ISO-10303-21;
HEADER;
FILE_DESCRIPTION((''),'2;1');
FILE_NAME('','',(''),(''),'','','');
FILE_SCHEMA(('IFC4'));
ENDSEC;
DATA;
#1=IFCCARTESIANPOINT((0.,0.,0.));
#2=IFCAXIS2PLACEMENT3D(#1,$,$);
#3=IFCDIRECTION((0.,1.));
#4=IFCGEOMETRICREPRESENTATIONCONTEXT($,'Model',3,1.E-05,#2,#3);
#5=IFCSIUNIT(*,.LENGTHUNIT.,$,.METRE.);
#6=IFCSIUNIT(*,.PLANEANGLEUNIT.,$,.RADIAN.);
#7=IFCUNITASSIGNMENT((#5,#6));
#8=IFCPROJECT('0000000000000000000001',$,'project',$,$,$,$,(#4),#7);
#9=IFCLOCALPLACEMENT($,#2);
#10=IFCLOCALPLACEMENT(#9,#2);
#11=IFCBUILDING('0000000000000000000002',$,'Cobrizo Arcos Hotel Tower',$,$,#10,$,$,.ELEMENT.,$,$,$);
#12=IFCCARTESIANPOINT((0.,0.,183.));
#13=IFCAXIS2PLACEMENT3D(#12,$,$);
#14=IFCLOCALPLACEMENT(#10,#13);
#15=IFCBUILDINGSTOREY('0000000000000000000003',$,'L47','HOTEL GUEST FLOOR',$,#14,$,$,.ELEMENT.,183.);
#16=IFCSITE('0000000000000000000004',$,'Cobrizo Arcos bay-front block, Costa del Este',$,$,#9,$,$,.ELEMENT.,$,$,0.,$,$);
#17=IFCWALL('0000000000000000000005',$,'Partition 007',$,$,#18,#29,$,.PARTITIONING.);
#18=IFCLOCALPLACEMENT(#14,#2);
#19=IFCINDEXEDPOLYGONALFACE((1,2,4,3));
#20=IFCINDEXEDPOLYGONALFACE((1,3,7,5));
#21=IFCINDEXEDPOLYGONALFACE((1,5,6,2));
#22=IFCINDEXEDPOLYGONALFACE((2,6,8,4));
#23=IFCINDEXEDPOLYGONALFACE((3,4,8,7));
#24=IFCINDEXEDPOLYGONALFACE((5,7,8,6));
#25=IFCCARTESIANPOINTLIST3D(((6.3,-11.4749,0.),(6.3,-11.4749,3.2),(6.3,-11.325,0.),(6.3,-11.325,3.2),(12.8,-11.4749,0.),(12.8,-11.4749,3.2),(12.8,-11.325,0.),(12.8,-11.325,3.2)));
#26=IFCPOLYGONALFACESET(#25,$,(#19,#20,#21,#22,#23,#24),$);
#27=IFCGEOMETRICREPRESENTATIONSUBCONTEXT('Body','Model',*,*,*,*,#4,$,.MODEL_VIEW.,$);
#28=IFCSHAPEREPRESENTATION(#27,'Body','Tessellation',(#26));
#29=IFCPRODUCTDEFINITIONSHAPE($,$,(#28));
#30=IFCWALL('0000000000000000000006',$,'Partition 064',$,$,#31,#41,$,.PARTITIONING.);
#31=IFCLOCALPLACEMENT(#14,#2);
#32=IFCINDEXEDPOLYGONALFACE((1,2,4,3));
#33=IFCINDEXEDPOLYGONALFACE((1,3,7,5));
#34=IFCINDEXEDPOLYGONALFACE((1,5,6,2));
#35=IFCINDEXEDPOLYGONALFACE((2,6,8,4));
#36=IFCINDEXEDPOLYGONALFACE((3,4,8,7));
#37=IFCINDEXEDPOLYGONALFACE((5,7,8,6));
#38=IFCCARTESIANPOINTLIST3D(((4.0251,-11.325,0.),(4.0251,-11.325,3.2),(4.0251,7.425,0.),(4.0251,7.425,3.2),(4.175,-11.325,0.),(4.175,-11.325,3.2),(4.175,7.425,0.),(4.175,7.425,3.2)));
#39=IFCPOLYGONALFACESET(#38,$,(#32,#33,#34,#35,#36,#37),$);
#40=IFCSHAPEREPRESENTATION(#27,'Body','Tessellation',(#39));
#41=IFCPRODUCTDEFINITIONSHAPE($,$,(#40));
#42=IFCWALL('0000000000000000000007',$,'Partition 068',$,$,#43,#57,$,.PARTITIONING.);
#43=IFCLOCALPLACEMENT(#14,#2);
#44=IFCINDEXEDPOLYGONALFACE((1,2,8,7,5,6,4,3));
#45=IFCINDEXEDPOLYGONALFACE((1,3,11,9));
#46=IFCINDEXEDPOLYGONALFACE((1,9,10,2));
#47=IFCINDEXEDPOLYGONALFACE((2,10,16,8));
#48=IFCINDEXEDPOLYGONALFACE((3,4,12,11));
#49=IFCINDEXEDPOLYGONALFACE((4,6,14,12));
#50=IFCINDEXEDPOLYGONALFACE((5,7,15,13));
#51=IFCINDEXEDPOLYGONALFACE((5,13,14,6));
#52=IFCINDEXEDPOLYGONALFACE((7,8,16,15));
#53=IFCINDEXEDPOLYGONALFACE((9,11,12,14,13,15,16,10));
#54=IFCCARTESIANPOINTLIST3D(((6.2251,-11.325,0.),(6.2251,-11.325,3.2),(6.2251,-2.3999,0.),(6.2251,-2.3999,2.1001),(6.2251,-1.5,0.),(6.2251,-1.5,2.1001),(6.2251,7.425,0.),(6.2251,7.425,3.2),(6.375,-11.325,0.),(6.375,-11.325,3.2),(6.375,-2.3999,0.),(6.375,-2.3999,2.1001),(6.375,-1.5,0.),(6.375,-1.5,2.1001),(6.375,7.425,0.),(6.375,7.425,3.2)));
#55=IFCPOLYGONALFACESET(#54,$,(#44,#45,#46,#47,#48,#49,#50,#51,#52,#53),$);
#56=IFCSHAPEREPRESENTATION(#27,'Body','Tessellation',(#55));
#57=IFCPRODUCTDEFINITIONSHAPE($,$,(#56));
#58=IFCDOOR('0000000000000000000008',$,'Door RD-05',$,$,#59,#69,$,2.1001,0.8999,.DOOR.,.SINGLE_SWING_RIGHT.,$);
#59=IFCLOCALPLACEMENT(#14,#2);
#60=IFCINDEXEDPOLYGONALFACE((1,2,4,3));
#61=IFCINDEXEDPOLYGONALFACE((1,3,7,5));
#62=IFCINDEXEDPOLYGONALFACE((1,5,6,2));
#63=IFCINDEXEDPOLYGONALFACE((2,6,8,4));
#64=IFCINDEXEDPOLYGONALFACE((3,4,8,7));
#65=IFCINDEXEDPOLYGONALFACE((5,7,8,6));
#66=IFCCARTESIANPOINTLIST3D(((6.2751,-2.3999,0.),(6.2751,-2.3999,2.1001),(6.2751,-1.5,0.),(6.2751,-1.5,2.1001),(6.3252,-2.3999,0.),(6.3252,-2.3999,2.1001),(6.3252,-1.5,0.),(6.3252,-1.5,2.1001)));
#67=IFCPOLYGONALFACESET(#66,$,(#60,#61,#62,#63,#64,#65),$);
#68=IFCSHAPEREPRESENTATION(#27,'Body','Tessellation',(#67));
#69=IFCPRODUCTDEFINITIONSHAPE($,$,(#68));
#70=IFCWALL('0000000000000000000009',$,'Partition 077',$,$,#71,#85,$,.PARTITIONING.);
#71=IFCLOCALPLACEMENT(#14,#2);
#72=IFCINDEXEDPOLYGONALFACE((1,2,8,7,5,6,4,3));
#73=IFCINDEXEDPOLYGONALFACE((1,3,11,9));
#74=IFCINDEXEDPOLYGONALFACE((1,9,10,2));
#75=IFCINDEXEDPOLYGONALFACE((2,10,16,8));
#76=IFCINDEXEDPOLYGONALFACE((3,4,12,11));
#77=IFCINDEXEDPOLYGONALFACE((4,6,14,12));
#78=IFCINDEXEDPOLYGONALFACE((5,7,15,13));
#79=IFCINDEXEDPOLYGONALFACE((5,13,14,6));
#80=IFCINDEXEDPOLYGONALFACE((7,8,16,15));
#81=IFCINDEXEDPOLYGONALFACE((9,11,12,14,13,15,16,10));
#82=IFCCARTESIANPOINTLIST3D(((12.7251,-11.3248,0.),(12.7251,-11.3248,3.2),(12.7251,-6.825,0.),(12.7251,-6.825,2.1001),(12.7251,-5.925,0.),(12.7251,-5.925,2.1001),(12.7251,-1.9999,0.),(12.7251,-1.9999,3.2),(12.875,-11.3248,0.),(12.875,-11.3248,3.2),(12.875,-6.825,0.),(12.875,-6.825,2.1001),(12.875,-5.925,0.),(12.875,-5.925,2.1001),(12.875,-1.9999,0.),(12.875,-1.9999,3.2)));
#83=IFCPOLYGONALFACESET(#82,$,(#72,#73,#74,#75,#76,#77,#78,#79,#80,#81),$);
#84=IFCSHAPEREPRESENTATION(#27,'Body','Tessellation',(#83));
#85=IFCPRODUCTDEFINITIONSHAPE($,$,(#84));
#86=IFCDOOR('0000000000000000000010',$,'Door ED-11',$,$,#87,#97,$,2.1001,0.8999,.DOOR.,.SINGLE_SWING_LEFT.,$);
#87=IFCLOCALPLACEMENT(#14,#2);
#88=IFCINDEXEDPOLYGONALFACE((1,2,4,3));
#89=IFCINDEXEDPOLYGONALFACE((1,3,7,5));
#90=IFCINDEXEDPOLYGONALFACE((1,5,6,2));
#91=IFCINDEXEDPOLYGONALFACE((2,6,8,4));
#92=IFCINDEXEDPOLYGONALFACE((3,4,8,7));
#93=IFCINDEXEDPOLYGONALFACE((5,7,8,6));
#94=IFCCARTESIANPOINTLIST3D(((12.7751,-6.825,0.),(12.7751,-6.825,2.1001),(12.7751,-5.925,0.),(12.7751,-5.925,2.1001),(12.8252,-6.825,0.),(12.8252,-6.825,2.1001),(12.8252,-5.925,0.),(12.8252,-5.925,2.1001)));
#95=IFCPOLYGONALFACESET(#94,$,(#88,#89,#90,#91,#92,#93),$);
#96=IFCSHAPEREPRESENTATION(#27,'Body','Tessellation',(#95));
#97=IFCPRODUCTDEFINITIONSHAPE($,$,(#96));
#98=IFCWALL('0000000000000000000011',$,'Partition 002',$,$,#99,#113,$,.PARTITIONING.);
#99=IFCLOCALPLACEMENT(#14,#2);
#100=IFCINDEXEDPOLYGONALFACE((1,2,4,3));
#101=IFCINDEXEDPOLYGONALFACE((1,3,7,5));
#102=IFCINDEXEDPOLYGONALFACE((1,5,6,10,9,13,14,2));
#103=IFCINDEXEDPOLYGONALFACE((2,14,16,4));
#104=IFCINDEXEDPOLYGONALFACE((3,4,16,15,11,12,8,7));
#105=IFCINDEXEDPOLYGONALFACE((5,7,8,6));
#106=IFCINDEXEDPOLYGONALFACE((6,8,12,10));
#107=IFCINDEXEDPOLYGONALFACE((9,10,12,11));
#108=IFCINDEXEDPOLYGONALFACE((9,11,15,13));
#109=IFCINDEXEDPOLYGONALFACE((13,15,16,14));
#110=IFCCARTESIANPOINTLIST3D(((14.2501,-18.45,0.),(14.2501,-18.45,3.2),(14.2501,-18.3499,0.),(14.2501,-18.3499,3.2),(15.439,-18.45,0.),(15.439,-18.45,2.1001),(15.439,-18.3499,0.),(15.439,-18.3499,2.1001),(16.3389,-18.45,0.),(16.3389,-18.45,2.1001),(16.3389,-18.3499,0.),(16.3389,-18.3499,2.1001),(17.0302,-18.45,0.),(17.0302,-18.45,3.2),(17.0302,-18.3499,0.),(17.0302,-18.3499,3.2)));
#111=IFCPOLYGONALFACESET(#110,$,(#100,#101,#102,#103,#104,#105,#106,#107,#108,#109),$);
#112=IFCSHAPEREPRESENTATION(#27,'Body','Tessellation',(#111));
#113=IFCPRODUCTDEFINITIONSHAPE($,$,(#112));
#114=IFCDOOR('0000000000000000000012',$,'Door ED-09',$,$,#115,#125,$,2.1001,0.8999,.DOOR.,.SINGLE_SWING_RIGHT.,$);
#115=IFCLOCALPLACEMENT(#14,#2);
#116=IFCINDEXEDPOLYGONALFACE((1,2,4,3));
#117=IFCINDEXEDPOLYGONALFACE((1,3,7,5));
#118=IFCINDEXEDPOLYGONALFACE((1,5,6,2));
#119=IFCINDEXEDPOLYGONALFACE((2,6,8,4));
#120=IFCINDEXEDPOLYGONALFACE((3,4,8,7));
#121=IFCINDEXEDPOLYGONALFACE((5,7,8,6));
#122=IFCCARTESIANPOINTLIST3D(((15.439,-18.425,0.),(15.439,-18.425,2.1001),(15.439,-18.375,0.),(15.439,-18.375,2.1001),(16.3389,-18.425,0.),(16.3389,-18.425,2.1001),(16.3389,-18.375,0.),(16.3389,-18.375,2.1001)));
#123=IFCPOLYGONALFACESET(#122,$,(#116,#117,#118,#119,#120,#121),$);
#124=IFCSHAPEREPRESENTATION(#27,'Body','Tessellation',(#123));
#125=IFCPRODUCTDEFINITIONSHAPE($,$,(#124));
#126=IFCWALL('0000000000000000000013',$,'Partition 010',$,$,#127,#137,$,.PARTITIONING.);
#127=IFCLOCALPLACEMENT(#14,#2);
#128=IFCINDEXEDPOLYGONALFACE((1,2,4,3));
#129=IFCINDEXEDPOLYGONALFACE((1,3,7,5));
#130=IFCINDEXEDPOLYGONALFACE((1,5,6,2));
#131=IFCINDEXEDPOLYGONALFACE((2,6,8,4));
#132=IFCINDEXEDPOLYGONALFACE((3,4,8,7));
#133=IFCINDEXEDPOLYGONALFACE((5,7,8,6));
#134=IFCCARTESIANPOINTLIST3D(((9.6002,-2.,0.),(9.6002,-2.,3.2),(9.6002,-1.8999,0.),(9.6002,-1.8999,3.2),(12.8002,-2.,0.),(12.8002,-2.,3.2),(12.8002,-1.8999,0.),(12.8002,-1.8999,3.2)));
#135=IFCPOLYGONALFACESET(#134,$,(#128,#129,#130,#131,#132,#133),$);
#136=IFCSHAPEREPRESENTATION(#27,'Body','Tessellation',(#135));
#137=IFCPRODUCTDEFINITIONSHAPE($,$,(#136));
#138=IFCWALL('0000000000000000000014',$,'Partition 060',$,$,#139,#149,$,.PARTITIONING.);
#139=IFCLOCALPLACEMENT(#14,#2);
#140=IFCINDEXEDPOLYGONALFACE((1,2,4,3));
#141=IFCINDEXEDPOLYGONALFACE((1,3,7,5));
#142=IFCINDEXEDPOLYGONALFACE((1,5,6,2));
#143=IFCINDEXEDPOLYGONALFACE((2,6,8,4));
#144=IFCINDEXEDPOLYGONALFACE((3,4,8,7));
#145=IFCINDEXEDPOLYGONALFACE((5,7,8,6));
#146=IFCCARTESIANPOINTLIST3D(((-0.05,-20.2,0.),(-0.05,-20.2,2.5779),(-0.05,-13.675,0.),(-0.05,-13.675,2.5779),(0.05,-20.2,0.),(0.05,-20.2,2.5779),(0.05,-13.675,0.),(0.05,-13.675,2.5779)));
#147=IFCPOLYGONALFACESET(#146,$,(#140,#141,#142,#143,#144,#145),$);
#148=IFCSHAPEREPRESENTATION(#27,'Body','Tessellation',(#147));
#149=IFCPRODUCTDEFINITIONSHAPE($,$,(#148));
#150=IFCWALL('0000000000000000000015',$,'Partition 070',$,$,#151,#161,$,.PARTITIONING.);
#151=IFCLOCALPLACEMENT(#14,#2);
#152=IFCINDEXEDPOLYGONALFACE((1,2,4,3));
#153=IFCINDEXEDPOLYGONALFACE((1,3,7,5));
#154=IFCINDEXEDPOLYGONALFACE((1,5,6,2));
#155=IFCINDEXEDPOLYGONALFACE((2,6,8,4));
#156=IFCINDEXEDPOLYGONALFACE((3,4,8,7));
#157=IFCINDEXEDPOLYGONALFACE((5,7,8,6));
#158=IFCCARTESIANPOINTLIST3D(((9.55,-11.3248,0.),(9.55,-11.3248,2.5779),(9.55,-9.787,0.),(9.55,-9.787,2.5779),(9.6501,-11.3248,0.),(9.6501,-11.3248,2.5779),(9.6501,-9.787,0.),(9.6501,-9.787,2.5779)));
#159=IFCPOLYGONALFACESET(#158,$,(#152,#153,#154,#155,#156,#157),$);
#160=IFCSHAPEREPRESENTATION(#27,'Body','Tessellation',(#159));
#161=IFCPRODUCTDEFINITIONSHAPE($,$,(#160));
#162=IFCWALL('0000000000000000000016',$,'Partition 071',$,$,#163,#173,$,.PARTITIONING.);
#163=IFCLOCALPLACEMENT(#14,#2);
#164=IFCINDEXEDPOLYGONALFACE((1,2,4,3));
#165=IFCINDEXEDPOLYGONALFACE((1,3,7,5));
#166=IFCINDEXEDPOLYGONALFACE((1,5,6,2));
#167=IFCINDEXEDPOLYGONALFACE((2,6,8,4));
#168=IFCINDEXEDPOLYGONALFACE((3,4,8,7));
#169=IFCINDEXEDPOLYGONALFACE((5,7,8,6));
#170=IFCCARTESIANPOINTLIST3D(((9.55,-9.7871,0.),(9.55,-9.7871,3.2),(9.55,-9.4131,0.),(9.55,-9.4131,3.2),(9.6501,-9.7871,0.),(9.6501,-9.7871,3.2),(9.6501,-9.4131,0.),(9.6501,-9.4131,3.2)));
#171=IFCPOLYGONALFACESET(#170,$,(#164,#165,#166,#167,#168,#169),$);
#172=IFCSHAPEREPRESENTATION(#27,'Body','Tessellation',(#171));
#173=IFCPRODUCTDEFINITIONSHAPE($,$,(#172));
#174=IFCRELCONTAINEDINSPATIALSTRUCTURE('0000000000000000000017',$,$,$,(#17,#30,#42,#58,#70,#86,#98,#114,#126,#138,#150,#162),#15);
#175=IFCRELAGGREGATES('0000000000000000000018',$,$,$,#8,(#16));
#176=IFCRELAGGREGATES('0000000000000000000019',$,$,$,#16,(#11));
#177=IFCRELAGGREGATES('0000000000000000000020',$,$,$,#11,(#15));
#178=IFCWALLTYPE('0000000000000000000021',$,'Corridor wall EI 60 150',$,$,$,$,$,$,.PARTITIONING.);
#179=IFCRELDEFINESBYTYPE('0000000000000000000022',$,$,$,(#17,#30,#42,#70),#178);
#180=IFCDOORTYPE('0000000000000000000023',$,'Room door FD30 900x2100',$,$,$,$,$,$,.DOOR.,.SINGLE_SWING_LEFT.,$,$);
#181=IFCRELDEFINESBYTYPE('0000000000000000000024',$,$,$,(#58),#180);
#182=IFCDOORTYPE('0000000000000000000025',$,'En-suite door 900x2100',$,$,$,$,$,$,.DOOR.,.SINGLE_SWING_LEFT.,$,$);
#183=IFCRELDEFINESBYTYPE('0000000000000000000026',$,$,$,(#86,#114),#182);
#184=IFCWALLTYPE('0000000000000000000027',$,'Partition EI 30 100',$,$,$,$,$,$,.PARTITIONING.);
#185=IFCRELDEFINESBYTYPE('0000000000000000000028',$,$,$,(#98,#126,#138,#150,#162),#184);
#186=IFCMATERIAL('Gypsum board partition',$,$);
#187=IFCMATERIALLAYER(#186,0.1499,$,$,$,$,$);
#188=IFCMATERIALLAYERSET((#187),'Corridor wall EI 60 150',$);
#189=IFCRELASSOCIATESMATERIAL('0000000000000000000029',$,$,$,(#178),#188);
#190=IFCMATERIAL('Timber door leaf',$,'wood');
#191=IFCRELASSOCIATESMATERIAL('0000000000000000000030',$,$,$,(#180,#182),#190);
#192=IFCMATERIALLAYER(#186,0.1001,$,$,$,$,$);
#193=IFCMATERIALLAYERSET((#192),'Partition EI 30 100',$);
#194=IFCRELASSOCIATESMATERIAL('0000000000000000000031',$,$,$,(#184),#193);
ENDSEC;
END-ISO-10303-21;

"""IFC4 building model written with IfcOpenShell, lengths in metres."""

from ifc_helpers import new_model, si_unit, direction, frame, frame_2d, origin, place, context, subcontext, project, spatial, rectangle, extrude, material, layer, layer_set, type_object, element, fill, save


model = new_model("IFC4")

# Units and contexts
model_context = context("Model", 3, precision=1e-05, world=origin(), true_north=direction((0.0, 1.0)))
body_context = subcontext(model_context, "Body", "Model", "MODEL_VIEW")
ifc_project = project(units=[si_unit("LENGTHUNIT", "METRE"), si_unit("PLANEANGLEUNIT", "RADIAN")], contexts=[model_context])

# Site, building, storey
site_placement = place(None, origin())
site = spatial("IfcSite", under=ifc_project, at=site_placement, Name="Cobrizo Arcos bay-front block, Costa del Este", CompositionType="ELEMENT", RefElevation=0.0)
building_placement = place(site_placement, origin())
building = spatial("IfcBuilding", under=site, at=building_placement, Name="Cobrizo Arcos Hotel Tower", CompositionType="ELEMENT")
storey_placement = place(building_placement, frame((0.0, 0.0, 183.0)))
storey = spatial("IfcBuildingStorey", under=building, at=storey_placement, Name="L47", Description="HOTEL GUEST FLOOR", CompositionType="ELEMENT", Elevation=183.0)

# Walls
ifc_material_1 = material(Name="Gypsum board partition")
ifc_layer_1 = layer(ifc_material_1, 0.1499)
ifc_layer_set_1 = layer_set([ifc_layer_1], Name="Corridor wall EI 60 150")
wall_type_1 = type_object("IfcWallType", Name="Corridor wall EI 60 150", PredefinedType="PARTITIONING", material=ifc_layer_set_1)
wall_1_placement = place(storey_placement, frame((6.3, -11.3999, 0.0), z_axis=(0.0, 0.0, 1.0), x_axis=(1.0, 0.0, 0.0)))
element("IfcWall", 1, at=wall_1_placement, inside=storey, type_object=wall_type_1, Name="Partition 007", PredefinedType="PARTITIONING", context=body_context, shape_type="SweptSolid", body=[
    extrude(rectangle(XDim=6.5, YDim=0.1499, at=frame_2d((3.25, 0.0))), origin(), (0.0, 0.0, 1.0), 3.2),
])
wall_2_placement = place(storey_placement, frame((4.1001, -11.325, 0.0), z_axis=(0.0, 0.0, 1.0), x_axis=(0.0, 1.0, 0.0)))
element("IfcWall", 2, at=wall_2_placement, inside=storey, type_object=wall_type_1, Name="Partition 064", PredefinedType="PARTITIONING", context=body_context, shape_type="SweptSolid", body=[
    extrude(rectangle(XDim=18.75, YDim=0.1499, at=frame_2d((9.375, 0.0))), origin(), (0.0, 0.0, 1.0), 3.2),
])

# Walls, openings, doors
wall_3_placement = place(storey_placement, frame((6.3, -11.325, 0.0), z_axis=(0.0, 0.0, 1.0), x_axis=(0.0, 1.0, 0.0)))
wall_3 = element("IfcWall", 3, at=wall_3_placement, inside=storey, type_object=wall_type_1, Name="Partition 068", PredefinedType="PARTITIONING", context=body_context, shape_type="SweptSolid", body=[
    extrude(rectangle(XDim=18.75, YDim=0.1499, at=frame_2d((9.375, 0.0))), origin(), (0.0, 0.0, 1.0), 3.2),
])
opening_1_placement = place(wall_3_placement, frame((8.925, 0.0, 0.0)))
opening_1 = element("IfcOpeningElement", 4, at=opening_1_placement, cuts=wall_3, PredefinedType="OPENING", context=body_context, shape_type="SweptSolid", body=[
    extrude(rectangle(XDim=0.8999, YDim=2.1001, at=frame_2d((0.45, 1.05))), frame((0.0, 0.0869, 0.0), z_axis=(0.0, -1.0, 0.0), x_axis=(1.0, 0.0, 0.0)), (0.0, 0.0, 1.0), 0.1738),
])
ifc_material_2 = material(Name="Timber door leaf", Category="wood")
door_type_1 = type_object("IfcDoorType", Name="Room door FD30 900x2100", OperationType="SINGLE_SWING_LEFT", PredefinedType="DOOR", material=ifc_material_2)
door_1_placement = place(opening_1_placement, origin())
door_1 = element("IfcDoor", 5, at=door_1_placement, inside=storey, type_object=door_type_1, Name="Door RD-05", OperationType="SINGLE_SWING_RIGHT", OverallHeight=2.1001, OverallWidth=0.8999, PredefinedType="DOOR", context=body_context, shape_type="SweptSolid", body=[
    extrude(rectangle(XDim=0.8999, YDim=2.1001, at=frame_2d((0.45, 1.05))), frame((0.0, 0.0249, 0.0), z_axis=(0.0, -1.0, 0.0), x_axis=(1.0, 0.0, 0.0)), (0.0, 0.0, 1.0), 0.05),
])
fill(opening_1, door_1)
wall_4_placement = place(storey_placement, frame((12.8, -11.325, 0.0), z_axis=(0.0, 0.0, 1.0), x_axis=(0.0, 1.0, 0.0)))
wall_4 = element("IfcWall", 6, at=wall_4_placement, inside=storey, type_object=wall_type_1, Name="Partition 077", PredefinedType="PARTITIONING", context=body_context, shape_type="SweptSolid", body=[
    extrude(rectangle(XDim=9.325, YDim=0.1499, at=frame_2d((4.6626, 0.0))), origin(), (0.0, 0.0, 1.0), 3.2),
])
opening_2_placement = place(wall_4_placement, frame((4.5, 0.0, 0.0)))
opening_2 = element("IfcOpeningElement", 7, at=opening_2_placement, cuts=wall_4, PredefinedType="OPENING", context=body_context, shape_type="SweptSolid", body=[
    extrude(rectangle(XDim=0.8999, YDim=2.1001, at=frame_2d((0.45, 1.05))), frame((0.0, 0.0869, 0.0), z_axis=(0.0, -1.0, 0.0), x_axis=(1.0, 0.0, 0.0)), (0.0, 0.0, 1.0), 0.1738),
])
door_type_2 = type_object("IfcDoorType", Name="En-suite door 900x2100", OperationType="SINGLE_SWING_LEFT", PredefinedType="DOOR", material=ifc_material_2)
door_2_placement = place(opening_2_placement, origin())
door_2 = element("IfcDoor", 8, at=door_2_placement, inside=storey, type_object=door_type_2, Name="Door ED-11", OperationType="SINGLE_SWING_LEFT", OverallHeight=2.1001, OverallWidth=0.8999, PredefinedType="DOOR", context=body_context, shape_type="SweptSolid", body=[
    extrude(rectangle(XDim=0.8999, YDim=2.1001, at=frame_2d((0.45, 1.05))), frame((0.0, 0.0249, 0.0), z_axis=(0.0, -1.0, 0.0), x_axis=(1.0, 0.0, 0.0)), (0.0, 0.0, 1.0), 0.05),
])
fill(opening_2, door_2)
ifc_layer_2 = layer(ifc_material_1, 0.1001)
ifc_layer_set_2 = layer_set([ifc_layer_2], Name="Partition EI 30 100")
wall_type_2 = type_object("IfcWallType", Name="Partition EI 30 100", PredefinedType="PARTITIONING", material=ifc_layer_set_2)
wall_5_placement = place(storey_placement, frame((14.25, -18.3999, 0.0), z_axis=(0.0, 0.0, 1.0), x_axis=(1.0, 0.0, 0.0)))
wall_5 = element("IfcWall", 9, at=wall_5_placement, inside=storey, type_object=wall_type_2, Name="Partition 002", PredefinedType="PARTITIONING", context=body_context, shape_type="SweptSolid", body=[
    extrude(rectangle(XDim=2.78, YDim=0.1001, at=frame_2d((1.3901, 0.0))), origin(), (0.0, 0.0, 1.0), 3.2),
])
opening_3_placement = place(wall_5_placement, frame((1.189, 0.0, 0.0)))
opening_3 = element("IfcOpeningElement", 10, at=opening_3_placement, cuts=wall_5, PredefinedType="OPENING", context=body_context, shape_type="SweptSolid", body=[
    extrude(rectangle(XDim=0.8999, YDim=2.1001, at=frame_2d((0.45, 1.05))), frame((0.0, 0.062, 0.0), z_axis=(0.0, -1.0, 0.0), x_axis=(1.0, 0.0, 0.0)), (0.0, 0.0, 1.0), 0.124),
])
door_3_placement = place(opening_3_placement, origin())
door_3 = element("IfcDoor", 11, at=door_3_placement, inside=storey, type_object=door_type_2, Name="Door ED-09", OperationType="SINGLE_SWING_RIGHT", OverallHeight=2.1001, OverallWidth=0.8999, PredefinedType="DOOR", context=body_context, shape_type="SweptSolid", body=[
    extrude(rectangle(XDim=0.8999, YDim=2.1001, at=frame_2d((0.45, 1.05))), frame((0.0, 0.0249, 0.0), z_axis=(0.0, -1.0, 0.0), x_axis=(1.0, 0.0, 0.0)), (0.0, 0.0, 1.0), 0.05),
])
fill(opening_3, door_3)

# Walls
wall_6_placement = place(storey_placement, frame((9.6001, -1.95, 0.0), z_axis=(0.0, 0.0, 1.0), x_axis=(1.0, 0.0, 0.0)))
element("IfcWall", 12, at=wall_6_placement, inside=storey, type_object=wall_type_2, Name="Partition 010", PredefinedType="PARTITIONING", context=body_context, shape_type="SweptSolid", body=[
    extrude(rectangle(XDim=3.2, YDim=0.1001, at=frame_2d((1.6001, 0.0))), origin(), (0.0, 0.0, 1.0), 3.2),
])
wall_7_placement = place(storey_placement, frame((0.0, -20.2, 0.0), z_axis=(0.0, 0.0, 1.0), x_axis=(0.0, 1.0, 0.0)))
element("IfcWall", 13, at=wall_7_placement, inside=storey, type_object=wall_type_2, Name="Partition 060", PredefinedType="PARTITIONING", context=body_context, shape_type="SweptSolid", body=[
    extrude(rectangle(XDim=6.5249, YDim=0.1001, at=frame_2d((3.2625, 0.0))), origin(), (0.0, 0.0, 1.0), 2.5779),
])
wall_8_placement = place(storey_placement, frame((9.6001, -11.325, 0.0), z_axis=(0.0, 0.0, 1.0), x_axis=(0.0, 1.0, 0.0)))
element("IfcWall", 14, at=wall_8_placement, inside=storey, type_object=wall_type_2, Name="Partition 070", PredefinedType="PARTITIONING", context=body_context, shape_type="SweptSolid", body=[
    extrude(rectangle(XDim=1.5378, YDim=0.1001, at=frame_2d((0.769, 0.0))), origin(), (0.0, 0.0, 1.0), 2.5779),
])
wall_9_placement = place(storey_placement, frame((9.6001, -9.7871, 0.0), z_axis=(0.0, 0.0, 1.0), x_axis=(0.0, 1.0, 0.0)))
element("IfcWall", 15, at=wall_9_placement, inside=storey, type_object=wall_type_2, Name="Partition 071", PredefinedType="PARTITIONING", context=body_context, shape_type="SweptSolid", body=[
    extrude(rectangle(XDim=0.374, YDim=0.1001, at=frame_2d((0.187, 0.0))), origin(), (0.0, 0.0, 1.0), 3.2),
])

save(model, "model.ifc")
